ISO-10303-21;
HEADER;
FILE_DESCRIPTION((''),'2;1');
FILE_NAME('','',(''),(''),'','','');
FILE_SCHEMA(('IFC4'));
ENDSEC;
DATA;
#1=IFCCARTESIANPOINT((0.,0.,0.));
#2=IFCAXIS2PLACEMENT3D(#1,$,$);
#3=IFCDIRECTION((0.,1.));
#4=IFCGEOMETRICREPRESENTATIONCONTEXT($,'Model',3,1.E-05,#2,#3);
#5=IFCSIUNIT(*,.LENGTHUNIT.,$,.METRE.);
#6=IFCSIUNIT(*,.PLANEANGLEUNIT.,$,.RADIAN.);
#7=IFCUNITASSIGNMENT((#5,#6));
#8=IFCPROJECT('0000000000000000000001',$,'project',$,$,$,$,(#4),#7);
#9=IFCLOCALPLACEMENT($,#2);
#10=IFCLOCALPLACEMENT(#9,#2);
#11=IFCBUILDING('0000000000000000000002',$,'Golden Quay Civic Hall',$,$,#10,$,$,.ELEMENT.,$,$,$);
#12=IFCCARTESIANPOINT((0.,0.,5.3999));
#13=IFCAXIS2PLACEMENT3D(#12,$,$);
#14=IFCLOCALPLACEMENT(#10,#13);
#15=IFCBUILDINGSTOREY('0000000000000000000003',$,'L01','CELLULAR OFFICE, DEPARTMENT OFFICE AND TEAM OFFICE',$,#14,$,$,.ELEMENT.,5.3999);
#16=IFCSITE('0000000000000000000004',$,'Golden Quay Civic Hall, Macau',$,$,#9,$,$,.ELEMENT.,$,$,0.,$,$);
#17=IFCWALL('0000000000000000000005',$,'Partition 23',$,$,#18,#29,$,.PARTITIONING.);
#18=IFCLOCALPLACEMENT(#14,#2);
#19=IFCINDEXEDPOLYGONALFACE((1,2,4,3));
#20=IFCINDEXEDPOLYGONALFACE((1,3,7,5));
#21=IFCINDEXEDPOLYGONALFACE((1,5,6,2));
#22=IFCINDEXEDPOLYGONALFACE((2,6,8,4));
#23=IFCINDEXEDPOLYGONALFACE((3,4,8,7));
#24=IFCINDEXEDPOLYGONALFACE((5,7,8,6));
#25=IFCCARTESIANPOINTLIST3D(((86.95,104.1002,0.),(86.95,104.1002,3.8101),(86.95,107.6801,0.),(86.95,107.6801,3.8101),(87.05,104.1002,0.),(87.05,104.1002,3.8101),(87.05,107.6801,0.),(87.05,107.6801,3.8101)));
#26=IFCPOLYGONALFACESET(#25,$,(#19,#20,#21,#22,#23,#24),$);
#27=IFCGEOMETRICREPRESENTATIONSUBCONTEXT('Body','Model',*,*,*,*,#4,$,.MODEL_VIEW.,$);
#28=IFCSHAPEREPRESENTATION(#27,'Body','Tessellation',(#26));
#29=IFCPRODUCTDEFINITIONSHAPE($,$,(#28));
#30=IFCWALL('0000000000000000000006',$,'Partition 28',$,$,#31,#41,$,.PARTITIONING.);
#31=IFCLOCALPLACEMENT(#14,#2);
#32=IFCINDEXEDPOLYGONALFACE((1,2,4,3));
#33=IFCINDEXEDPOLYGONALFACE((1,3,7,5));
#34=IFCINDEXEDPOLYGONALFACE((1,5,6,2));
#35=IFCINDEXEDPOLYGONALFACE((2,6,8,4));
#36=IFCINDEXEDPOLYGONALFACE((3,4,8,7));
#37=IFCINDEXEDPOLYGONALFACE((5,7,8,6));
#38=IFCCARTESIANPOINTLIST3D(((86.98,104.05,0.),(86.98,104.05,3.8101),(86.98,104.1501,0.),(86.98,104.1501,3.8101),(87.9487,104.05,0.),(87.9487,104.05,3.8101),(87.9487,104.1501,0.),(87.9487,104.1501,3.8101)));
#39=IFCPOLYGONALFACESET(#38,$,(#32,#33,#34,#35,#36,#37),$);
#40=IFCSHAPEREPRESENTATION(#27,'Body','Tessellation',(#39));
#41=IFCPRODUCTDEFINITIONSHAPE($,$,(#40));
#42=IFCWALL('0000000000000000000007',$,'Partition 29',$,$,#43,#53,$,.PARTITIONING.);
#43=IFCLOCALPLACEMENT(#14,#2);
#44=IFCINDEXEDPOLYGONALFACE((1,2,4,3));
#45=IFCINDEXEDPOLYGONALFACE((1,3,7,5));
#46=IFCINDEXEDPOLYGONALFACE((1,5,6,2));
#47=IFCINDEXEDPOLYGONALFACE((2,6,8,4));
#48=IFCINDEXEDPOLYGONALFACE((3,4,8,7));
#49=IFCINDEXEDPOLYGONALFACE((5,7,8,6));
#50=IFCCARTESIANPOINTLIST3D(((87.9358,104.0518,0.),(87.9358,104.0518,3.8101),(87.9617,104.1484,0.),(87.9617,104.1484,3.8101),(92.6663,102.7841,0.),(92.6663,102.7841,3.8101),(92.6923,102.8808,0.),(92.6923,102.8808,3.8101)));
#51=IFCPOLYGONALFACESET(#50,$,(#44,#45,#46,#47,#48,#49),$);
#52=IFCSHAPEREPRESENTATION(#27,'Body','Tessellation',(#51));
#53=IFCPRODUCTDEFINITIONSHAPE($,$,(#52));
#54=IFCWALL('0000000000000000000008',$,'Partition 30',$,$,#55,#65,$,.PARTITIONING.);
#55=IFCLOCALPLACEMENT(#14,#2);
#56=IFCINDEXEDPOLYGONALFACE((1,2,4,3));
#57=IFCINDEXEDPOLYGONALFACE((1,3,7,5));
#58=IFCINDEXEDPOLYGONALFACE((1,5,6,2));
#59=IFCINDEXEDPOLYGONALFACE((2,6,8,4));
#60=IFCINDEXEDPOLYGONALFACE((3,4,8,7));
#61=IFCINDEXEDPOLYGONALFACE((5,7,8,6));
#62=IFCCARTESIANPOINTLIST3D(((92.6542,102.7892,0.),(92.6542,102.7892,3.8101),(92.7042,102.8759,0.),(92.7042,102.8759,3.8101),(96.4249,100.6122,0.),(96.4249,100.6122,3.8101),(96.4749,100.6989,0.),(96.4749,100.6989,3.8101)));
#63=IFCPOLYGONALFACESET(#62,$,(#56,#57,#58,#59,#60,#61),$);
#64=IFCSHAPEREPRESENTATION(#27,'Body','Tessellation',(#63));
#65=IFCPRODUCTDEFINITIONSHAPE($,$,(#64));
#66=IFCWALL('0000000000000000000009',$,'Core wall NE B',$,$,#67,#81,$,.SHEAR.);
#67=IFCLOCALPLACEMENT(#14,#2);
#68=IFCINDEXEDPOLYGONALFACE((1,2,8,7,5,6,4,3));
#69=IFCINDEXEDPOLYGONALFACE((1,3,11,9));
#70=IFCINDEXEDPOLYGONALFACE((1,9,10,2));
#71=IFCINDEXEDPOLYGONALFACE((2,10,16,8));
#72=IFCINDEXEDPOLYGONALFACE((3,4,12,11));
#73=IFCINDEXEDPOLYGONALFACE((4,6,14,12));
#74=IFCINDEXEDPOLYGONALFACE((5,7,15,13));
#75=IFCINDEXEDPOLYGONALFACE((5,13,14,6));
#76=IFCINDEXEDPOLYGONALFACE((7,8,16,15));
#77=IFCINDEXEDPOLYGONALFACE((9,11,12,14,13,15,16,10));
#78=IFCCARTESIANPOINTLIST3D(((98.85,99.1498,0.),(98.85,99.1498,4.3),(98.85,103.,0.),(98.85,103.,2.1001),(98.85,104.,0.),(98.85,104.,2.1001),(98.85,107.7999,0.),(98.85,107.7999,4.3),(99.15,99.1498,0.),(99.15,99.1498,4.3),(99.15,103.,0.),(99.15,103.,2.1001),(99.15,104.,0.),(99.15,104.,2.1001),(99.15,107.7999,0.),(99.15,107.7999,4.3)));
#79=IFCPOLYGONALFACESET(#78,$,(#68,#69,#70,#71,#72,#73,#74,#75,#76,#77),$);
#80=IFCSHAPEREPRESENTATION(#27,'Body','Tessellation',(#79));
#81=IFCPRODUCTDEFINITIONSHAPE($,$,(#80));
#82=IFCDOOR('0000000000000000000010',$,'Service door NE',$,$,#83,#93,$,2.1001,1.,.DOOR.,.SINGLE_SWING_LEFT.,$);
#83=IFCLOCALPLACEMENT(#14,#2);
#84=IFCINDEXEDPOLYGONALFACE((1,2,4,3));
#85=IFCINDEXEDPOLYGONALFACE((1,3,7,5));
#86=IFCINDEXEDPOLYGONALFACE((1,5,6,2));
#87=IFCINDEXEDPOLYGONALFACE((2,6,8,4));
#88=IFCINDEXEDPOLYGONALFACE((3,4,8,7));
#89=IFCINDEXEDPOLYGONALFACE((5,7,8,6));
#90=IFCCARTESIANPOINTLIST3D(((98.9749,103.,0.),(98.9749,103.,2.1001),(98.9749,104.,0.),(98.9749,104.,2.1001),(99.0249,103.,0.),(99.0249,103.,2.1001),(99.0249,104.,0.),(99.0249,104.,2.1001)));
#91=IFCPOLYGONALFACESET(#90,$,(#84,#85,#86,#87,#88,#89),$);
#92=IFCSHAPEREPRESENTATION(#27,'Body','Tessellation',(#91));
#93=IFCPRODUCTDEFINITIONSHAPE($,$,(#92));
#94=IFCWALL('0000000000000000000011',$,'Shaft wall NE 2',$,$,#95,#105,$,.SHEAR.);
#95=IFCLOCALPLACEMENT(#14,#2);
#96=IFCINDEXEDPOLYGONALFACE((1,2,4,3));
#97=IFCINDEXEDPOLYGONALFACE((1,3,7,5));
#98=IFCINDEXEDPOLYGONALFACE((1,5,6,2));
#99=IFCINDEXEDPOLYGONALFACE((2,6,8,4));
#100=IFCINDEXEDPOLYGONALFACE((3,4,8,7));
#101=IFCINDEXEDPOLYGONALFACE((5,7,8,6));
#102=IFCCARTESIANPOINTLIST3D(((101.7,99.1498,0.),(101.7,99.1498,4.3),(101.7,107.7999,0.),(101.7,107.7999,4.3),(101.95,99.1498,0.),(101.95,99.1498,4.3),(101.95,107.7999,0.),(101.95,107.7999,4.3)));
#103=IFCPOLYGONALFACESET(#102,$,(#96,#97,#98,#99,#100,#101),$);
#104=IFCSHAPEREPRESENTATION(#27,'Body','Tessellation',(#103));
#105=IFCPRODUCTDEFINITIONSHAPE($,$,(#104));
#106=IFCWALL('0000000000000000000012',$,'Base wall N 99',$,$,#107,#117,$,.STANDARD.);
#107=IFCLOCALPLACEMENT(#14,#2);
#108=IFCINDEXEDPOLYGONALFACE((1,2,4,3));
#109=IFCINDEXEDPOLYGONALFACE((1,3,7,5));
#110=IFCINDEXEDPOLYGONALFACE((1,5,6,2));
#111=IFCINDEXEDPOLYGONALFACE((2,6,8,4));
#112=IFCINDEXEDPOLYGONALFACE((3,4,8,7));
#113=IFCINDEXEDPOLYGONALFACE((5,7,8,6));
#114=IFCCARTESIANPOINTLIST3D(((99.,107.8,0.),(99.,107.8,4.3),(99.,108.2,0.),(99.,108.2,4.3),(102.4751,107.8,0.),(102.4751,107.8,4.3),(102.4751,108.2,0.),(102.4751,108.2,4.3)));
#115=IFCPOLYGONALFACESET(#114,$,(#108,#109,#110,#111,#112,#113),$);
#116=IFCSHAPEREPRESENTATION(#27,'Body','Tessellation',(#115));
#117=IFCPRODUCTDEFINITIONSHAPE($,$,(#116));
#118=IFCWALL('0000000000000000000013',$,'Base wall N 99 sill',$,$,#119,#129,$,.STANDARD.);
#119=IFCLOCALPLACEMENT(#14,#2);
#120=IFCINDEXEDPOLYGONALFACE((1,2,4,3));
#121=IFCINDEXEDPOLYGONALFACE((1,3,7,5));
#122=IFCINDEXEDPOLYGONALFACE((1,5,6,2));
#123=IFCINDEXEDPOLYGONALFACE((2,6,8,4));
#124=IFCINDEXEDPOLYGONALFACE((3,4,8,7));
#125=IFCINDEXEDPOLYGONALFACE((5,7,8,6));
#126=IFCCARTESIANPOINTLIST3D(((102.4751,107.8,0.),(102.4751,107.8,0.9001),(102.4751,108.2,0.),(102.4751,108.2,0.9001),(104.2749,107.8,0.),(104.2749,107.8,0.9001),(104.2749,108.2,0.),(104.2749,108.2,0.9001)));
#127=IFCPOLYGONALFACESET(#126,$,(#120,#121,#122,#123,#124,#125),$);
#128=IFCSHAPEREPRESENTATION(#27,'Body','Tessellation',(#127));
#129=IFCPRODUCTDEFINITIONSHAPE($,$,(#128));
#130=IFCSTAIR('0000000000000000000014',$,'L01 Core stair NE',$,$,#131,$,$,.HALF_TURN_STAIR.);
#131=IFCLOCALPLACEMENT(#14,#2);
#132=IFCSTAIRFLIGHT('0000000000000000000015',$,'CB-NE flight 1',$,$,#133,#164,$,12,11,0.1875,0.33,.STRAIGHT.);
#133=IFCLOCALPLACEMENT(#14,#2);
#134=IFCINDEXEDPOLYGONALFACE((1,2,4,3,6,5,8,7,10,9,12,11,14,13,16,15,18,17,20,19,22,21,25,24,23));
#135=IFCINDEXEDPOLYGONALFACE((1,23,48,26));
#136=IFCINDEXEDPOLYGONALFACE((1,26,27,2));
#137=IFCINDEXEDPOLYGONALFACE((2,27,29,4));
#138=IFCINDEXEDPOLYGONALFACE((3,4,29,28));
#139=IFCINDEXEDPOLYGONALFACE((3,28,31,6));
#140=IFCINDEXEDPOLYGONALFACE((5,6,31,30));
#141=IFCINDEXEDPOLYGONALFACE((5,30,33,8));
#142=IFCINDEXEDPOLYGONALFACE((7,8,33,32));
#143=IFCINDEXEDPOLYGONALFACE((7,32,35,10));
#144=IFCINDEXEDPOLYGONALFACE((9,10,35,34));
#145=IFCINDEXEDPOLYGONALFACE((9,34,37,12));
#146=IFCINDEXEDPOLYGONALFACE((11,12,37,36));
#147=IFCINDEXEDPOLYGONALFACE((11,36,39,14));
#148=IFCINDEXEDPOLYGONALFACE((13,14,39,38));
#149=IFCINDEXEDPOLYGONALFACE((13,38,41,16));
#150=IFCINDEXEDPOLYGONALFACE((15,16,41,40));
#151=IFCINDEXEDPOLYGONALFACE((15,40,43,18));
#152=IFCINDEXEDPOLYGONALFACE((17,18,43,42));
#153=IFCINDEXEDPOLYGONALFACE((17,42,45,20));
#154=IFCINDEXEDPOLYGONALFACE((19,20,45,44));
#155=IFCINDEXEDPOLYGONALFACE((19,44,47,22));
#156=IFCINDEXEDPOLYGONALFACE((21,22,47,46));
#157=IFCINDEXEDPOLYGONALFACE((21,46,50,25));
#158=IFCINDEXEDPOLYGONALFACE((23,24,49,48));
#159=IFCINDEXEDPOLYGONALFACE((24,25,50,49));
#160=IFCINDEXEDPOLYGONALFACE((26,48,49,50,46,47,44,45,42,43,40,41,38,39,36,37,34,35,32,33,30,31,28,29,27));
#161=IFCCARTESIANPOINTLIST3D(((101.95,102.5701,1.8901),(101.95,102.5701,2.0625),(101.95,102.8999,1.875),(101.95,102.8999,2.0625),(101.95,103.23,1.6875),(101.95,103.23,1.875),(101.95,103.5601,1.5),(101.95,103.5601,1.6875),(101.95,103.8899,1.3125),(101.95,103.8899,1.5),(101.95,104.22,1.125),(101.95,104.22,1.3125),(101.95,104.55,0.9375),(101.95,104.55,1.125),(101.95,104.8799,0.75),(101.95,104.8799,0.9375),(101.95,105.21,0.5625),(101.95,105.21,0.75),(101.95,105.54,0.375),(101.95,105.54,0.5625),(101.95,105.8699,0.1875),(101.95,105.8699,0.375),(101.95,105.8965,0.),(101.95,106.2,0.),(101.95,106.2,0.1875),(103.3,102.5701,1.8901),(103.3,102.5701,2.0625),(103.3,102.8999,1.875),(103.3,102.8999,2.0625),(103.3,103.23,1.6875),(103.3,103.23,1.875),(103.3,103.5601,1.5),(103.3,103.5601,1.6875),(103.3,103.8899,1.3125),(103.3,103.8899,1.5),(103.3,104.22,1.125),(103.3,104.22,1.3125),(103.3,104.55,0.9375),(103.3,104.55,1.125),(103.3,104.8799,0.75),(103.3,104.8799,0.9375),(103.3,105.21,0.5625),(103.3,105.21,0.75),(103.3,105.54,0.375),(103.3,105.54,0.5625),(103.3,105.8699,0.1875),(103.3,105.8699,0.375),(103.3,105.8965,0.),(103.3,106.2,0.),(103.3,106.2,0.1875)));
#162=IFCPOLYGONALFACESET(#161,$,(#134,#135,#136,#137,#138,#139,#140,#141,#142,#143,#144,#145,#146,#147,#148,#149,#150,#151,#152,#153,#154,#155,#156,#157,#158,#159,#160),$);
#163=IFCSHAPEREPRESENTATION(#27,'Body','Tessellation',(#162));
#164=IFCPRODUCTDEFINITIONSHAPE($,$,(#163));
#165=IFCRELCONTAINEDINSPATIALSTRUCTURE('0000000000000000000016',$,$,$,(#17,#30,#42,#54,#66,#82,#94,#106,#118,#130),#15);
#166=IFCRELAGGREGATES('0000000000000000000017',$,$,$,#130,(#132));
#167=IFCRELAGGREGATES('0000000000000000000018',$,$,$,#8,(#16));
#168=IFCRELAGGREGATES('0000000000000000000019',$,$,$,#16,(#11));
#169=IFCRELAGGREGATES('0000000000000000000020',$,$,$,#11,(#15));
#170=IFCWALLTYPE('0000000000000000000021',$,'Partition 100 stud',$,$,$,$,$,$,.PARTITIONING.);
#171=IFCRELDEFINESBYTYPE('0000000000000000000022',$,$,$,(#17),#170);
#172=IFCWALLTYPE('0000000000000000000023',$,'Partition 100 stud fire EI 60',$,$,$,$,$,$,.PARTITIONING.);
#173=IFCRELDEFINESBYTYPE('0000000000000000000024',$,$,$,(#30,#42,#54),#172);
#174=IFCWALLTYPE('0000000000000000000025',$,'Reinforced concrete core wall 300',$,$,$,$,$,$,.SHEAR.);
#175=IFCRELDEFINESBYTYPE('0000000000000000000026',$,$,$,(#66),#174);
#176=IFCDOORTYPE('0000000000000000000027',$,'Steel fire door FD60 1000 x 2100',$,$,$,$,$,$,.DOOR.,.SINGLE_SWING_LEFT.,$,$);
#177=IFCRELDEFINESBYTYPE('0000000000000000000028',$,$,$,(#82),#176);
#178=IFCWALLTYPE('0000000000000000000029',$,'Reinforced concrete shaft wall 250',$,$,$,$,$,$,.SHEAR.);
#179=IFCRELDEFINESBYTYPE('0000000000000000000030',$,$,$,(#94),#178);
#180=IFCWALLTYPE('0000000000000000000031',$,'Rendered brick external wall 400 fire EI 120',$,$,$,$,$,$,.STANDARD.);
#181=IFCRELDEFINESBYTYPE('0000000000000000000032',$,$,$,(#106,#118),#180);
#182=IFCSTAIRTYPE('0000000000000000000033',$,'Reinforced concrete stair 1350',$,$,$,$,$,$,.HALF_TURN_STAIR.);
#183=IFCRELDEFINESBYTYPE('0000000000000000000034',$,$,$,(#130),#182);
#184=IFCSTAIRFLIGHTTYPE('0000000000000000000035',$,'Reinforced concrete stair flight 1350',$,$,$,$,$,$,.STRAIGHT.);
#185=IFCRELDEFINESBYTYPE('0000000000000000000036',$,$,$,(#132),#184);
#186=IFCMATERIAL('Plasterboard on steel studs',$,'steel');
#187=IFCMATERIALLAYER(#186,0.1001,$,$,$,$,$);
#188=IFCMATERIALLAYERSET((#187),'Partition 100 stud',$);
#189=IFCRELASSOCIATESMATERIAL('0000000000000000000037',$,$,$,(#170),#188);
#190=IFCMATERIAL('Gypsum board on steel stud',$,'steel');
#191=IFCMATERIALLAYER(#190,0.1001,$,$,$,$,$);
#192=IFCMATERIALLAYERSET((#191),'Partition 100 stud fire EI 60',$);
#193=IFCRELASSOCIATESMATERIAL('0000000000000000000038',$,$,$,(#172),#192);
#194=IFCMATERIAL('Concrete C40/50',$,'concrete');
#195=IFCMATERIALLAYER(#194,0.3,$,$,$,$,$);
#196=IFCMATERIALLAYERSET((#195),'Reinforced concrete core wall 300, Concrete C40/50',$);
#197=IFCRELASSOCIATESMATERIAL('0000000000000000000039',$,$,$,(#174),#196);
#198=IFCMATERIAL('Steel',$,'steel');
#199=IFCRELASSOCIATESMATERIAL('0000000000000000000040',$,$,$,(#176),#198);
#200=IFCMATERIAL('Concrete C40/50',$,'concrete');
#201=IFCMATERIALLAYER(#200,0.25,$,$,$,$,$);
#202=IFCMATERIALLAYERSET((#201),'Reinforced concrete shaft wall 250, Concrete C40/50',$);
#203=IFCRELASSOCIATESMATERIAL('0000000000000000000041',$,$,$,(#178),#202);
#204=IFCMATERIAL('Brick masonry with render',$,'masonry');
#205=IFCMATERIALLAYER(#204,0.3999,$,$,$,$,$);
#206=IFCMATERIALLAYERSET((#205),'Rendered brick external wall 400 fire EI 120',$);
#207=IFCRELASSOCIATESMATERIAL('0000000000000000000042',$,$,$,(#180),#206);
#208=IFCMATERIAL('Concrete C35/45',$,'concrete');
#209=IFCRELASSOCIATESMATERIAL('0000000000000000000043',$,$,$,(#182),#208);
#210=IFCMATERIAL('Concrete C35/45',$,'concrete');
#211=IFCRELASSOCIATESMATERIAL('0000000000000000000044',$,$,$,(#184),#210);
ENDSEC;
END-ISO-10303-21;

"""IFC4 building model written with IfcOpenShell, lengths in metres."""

from ifc_helpers import new_model, si_unit, direction, frame, frame_2d, origin, place, context, subcontext, project, spatial, polyline, rectangle, outline, extrude, material, layer, layer_set, type_object, element, fill, aggregate, save


model = new_model("IFC4")

# Units and contexts
model_context = context("Model", 3, precision=1e-05, world=origin(), true_north=direction((0.0, 1.0)))
body_context = subcontext(model_context, "Body", "Model", "MODEL_VIEW")
ifc_project = project(units=[si_unit("LENGTHUNIT", "METRE"), si_unit("PLANEANGLEUNIT", "RADIAN")], contexts=[model_context])

# Site, building, storey
site_placement = place(None, origin())
site = spatial("IfcSite", under=ifc_project, at=site_placement, Name="Golden Quay Civic Hall, Macau", CompositionType="ELEMENT", RefElevation=0.0)
building_placement = place(site_placement, origin())
building = spatial("IfcBuilding", under=site, at=building_placement, Name="Golden Quay Civic Hall", CompositionType="ELEMENT")
storey_placement = place(building_placement, frame((0.0, 0.0, 5.3999)))
storey = spatial("IfcBuildingStorey", under=building, at=storey_placement, Name="L01", Description="CELLULAR OFFICE, DEPARTMENT OFFICE AND TEAM OFFICE", CompositionType="ELEMENT", Elevation=5.3999)

# Walls
ifc_material_1 = material(Name="Plasterboard on steel studs", Category="steel")
ifc_layer_1 = layer(ifc_material_1, 0.1001)
ifc_layer_set_1 = layer_set([ifc_layer_1], Name="Partition 100 stud")
wall_type_1 = type_object("IfcWallType", Name="Partition 100 stud", PredefinedType="PARTITIONING", material=ifc_layer_set_1)
wall_1_placement = place(storey_placement, frame((87.0, 104.1001, 0.0), z_axis=(0.0, 0.0, 1.0), x_axis=(0.0, 1.0, 0.0)))
element("IfcWall", 1, at=wall_1_placement, inside=storey, type_object=wall_type_1, Name="Partition 23", PredefinedType="PARTITIONING", context=body_context, shape_type="SweptSolid", body=[
    extrude(rectangle(XDim=3.5798, YDim=0.1001, at=frame_2d((1.79, 0.0))), origin(), (0.0, 0.0, 1.0), 3.8101),
])
ifc_material_2 = material(Name="Gypsum board on steel stud", Category="steel")
ifc_layer_2 = layer(ifc_material_2, 0.1001)
ifc_layer_set_2 = layer_set([ifc_layer_2], Name="Partition 100 stud fire EI 60")
wall_type_2 = type_object("IfcWallType", Name="Partition 100 stud fire EI 60", PredefinedType="PARTITIONING", material=ifc_layer_set_2)
wall_2_placement = place(storey_placement, frame((86.98, 104.1001, 0.0), z_axis=(0.0, 0.0, 1.0), x_axis=(1.0, 0.0, 0.0)))
element("IfcWall", 2, at=wall_2_placement, inside=storey, type_object=wall_type_2, Name="Partition 28", PredefinedType="PARTITIONING", context=body_context, shape_type="SweptSolid", body=[
    extrude(rectangle(XDim=0.9688, YDim=0.1001, at=frame_2d((0.4844, 0.0))), origin(), (0.0, 0.0, 1.0), 3.8101),
])
wall_3_placement = place(storey_placement, frame((87.9487, 104.1001, 0.0), z_axis=(0.0, 0.0, 1.0), x_axis=(0.965923, -0.258829, 0.0)))
element("IfcWall", 3, at=wall_3_placement, inside=storey, type_object=wall_type_2, Name="Partition 29", PredefinedType="PARTITIONING", context=body_context, shape_type="SweptSolid", body=[
    extrude(rectangle(XDim=4.8975, YDim=0.1001, at=frame_2d((2.4487, 0.0))), origin(), (0.0, 0.0, 1.0), 3.8101),
])
wall_4_placement = place(storey_placement, frame((92.6792, 102.8325, 0.0), z_axis=(0.0, 0.0, 1.0), x_axis=(0.86603, -0.499993, 0.0)))
element("IfcWall", 4, at=wall_4_placement, inside=storey, type_object=wall_type_2, Name="Partition 30", PredefinedType="PARTITIONING", context=body_context, shape_type="SweptSolid", body=[
    extrude(rectangle(XDim=4.354, YDim=0.1001, at=frame_2d((2.177, 0.0))), origin(), (0.0, 0.0, 1.0), 3.8101),
])

# Wall, opening, door
ifc_material_3 = material(Name="Concrete C40/50", Category="concrete")
ifc_layer_3 = layer(ifc_material_3, 0.3)
ifc_layer_set_3 = layer_set([ifc_layer_3], Name="Reinforced concrete core wall 300, Concrete C40/50")
wall_type_3 = type_object("IfcWallType", Name="Reinforced concrete core wall 300", PredefinedType="SHEAR", material=ifc_layer_set_3)
wall_5_placement = place(storey_placement, frame((99.0, 107.8, 0.0), z_axis=(0.0, 0.0, 1.0), x_axis=(0.0, -1.0, 0.0)))
wall_5 = element("IfcWall", 5, at=wall_5_placement, inside=storey, type_object=wall_type_3, Name="Core wall NE B", PredefinedType="SHEAR", context=body_context, shape_type="SweptSolid", body=[
    extrude(rectangle(XDim=8.6501, YDim=0.3, at=frame_2d((4.3252, 0.0))), origin(), (0.0, 0.0, 1.0), 4.3),
])
opening_placement = place(wall_5_placement, frame((3.8, 0.0, 0.0)))
opening = element("IfcOpeningElement", 6, at=opening_placement, cuts=wall_5, PredefinedType="OPENING", context=body_context, shape_type="SweptSolid", body=[
    extrude(rectangle(XDim=1.0, YDim=2.1001, at=frame_2d((0.5, 1.05))), frame((0.0, 0.1599, 0.0), z_axis=(0.0, -1.0, 0.0), x_axis=(1.0, 0.0, 0.0)), (0.0, 0.0, 1.0), 0.3201),
])
ifc_material_4 = material(Name="Steel", Category="steel")
door_type = type_object("IfcDoorType", Name="Steel fire door FD60 1000 x 2100", OperationType="SINGLE_SWING_LEFT", PredefinedType="DOOR", material=ifc_material_4)
door_placement = place(opening_placement, origin())
door = element("IfcDoor", 7, at=door_placement, inside=storey, type_object=door_type, Name="Service door NE", OperationType="SINGLE_SWING_LEFT", OverallHeight=2.1001, OverallWidth=1.0, PredefinedType="DOOR", context=body_context, shape_type="SweptSolid", body=[
    extrude(rectangle(XDim=1.0, YDim=2.1001, at=frame_2d((0.5, 1.05))), frame((0.0, 0.0249, 0.0), z_axis=(0.0, -1.0, 0.0), x_axis=(1.0, 0.0, 0.0)), (0.0, 0.0, 1.0), 0.05),
])
fill(opening, door)

# Walls
ifc_material_5 = material(Name="Concrete C40/50", Category="concrete")
ifc_layer_4 = layer(ifc_material_5, 0.25)
ifc_layer_set_4 = layer_set([ifc_layer_4], Name="Reinforced concrete shaft wall 250, Concrete C40/50")
wall_type_4 = type_object("IfcWallType", Name="Reinforced concrete shaft wall 250", PredefinedType="SHEAR", material=ifc_layer_set_4)
wall_6_placement = place(storey_placement, frame((101.825, 107.8, 0.0), z_axis=(0.0, 0.0, 1.0), x_axis=(0.0, -1.0, 0.0)))
element("IfcWall", 8, at=wall_6_placement, inside=storey, type_object=wall_type_4, Name="Shaft wall NE 2", PredefinedType="SHEAR", context=body_context, shape_type="SweptSolid", body=[
    extrude(rectangle(XDim=8.6501, YDim=0.25, at=frame_2d((4.3252, 0.0))), origin(), (0.0, 0.0, 1.0), 4.3),
])
ifc_material_6 = material(Name="Brick masonry with render", Category="masonry")
ifc_layer_5 = layer(ifc_material_6, 0.3999)
ifc_layer_set_5 = layer_set([ifc_layer_5], Name="Rendered brick external wall 400 fire EI 120")
wall_type_5 = type_object("IfcWallType", Name="Rendered brick external wall 400 fire EI 120", PredefinedType="STANDARD", material=ifc_layer_set_5)
wall_7_placement = place(storey_placement, frame((99.0, 108.0, 0.0), z_axis=(0.0, 0.0, 1.0), x_axis=(1.0, 0.0, 0.0)))
element("IfcWall", 9, at=wall_7_placement, inside=storey, type_object=wall_type_5, Name="Base wall N 99", PredefinedType="STANDARD", context=body_context, shape_type="SweptSolid", body=[
    extrude(rectangle(XDim=3.4751, YDim=0.3999, at=frame_2d((1.7375, 0.0))), origin(), (0.0, 0.0, 1.0), 4.3),
])
wall_8_placement = place(storey_placement, frame((102.4751, 108.0, 0.0), z_axis=(0.0, 0.0, 1.0), x_axis=(1.0, 0.0, 0.0)))
element("IfcWall", 10, at=wall_8_placement, inside=storey, type_object=wall_type_5, Name="Base wall N 99 sill", PredefinedType="STANDARD", context=body_context, shape_type="SweptSolid", body=[
    extrude(rectangle(XDim=1.7998, YDim=0.3999, at=frame_2d((0.8999, 0.0))), origin(), (0.0, 0.0, 1.0), 0.9001),
])

# Stair, stair flight
ifc_material_7 = material(Name="Concrete C35/45", Category="concrete")
stair_type = type_object("IfcStairType", Name="Reinforced concrete stair 1350", PredefinedType="HALF_TURN_STAIR", material=ifc_material_7)
stair_placement = place(storey_placement, origin())
stair = element("IfcStair", 11, at=stair_placement, inside=storey, type_object=stair_type, Name="L01 Core stair NE", PredefinedType="HALF_TURN_STAIR")
ifc_material_8 = material(Name="Concrete C35/45", Category="concrete")
stair_flight_type = type_object("IfcStairFlightType", Name="Reinforced concrete stair flight 1350", PredefinedType="STRAIGHT", material=ifc_material_8)
stair_flight_placement = place(storey_placement, frame((102.625, 106.2, 0.0), z_axis=(0.0, 0.0, 1.0), x_axis=(0.0, -1.0, 0.0)))
stair_flight = element("IfcStairFlight", 12, at=stair_flight_placement, type_object=stair_flight_type, Name="CB-NE flight 1", NumberOfRisers=12, NumberOfTreads=11, PredefinedType="STRAIGHT", RiserHeight=0.1875, TreadLength=0.33, context=body_context, shape_type="SweptSolid", body=[
    extrude(outline(polyline([(0.0, 0.0), (0.0, 0.1875), (0.3301, 0.1875), (0.3301, 0.375), (0.6599, 0.375), (0.6599, 0.5625), (0.99, 0.5625), (0.99, 0.75), (1.3201, 0.75), (1.3201, 0.9375), (1.6499, 0.9375), (1.6499, 1.125), (1.98, 1.125), (1.98, 1.3125), (2.3101, 1.3125), (2.3101, 1.5), (2.6399, 1.5), (2.6399, 1.6875), (2.97, 1.6875), (2.97, 1.875), (3.3, 1.875), (3.3, 2.0625), (3.6299, 2.0625), (3.6299, 2.25), (3.6299, 1.8901), (0.3035, 0.0), (0.0, 0.0)])), frame((0.0, 0.675, 0.0), z_axis=(0.0, -1.0, 0.0), x_axis=(1.0, 0.0, 0.0)), (0.0, 0.0, 1.0), 1.35),
])
aggregate(stair, [stair_flight])

save(model, "model.ifc")
